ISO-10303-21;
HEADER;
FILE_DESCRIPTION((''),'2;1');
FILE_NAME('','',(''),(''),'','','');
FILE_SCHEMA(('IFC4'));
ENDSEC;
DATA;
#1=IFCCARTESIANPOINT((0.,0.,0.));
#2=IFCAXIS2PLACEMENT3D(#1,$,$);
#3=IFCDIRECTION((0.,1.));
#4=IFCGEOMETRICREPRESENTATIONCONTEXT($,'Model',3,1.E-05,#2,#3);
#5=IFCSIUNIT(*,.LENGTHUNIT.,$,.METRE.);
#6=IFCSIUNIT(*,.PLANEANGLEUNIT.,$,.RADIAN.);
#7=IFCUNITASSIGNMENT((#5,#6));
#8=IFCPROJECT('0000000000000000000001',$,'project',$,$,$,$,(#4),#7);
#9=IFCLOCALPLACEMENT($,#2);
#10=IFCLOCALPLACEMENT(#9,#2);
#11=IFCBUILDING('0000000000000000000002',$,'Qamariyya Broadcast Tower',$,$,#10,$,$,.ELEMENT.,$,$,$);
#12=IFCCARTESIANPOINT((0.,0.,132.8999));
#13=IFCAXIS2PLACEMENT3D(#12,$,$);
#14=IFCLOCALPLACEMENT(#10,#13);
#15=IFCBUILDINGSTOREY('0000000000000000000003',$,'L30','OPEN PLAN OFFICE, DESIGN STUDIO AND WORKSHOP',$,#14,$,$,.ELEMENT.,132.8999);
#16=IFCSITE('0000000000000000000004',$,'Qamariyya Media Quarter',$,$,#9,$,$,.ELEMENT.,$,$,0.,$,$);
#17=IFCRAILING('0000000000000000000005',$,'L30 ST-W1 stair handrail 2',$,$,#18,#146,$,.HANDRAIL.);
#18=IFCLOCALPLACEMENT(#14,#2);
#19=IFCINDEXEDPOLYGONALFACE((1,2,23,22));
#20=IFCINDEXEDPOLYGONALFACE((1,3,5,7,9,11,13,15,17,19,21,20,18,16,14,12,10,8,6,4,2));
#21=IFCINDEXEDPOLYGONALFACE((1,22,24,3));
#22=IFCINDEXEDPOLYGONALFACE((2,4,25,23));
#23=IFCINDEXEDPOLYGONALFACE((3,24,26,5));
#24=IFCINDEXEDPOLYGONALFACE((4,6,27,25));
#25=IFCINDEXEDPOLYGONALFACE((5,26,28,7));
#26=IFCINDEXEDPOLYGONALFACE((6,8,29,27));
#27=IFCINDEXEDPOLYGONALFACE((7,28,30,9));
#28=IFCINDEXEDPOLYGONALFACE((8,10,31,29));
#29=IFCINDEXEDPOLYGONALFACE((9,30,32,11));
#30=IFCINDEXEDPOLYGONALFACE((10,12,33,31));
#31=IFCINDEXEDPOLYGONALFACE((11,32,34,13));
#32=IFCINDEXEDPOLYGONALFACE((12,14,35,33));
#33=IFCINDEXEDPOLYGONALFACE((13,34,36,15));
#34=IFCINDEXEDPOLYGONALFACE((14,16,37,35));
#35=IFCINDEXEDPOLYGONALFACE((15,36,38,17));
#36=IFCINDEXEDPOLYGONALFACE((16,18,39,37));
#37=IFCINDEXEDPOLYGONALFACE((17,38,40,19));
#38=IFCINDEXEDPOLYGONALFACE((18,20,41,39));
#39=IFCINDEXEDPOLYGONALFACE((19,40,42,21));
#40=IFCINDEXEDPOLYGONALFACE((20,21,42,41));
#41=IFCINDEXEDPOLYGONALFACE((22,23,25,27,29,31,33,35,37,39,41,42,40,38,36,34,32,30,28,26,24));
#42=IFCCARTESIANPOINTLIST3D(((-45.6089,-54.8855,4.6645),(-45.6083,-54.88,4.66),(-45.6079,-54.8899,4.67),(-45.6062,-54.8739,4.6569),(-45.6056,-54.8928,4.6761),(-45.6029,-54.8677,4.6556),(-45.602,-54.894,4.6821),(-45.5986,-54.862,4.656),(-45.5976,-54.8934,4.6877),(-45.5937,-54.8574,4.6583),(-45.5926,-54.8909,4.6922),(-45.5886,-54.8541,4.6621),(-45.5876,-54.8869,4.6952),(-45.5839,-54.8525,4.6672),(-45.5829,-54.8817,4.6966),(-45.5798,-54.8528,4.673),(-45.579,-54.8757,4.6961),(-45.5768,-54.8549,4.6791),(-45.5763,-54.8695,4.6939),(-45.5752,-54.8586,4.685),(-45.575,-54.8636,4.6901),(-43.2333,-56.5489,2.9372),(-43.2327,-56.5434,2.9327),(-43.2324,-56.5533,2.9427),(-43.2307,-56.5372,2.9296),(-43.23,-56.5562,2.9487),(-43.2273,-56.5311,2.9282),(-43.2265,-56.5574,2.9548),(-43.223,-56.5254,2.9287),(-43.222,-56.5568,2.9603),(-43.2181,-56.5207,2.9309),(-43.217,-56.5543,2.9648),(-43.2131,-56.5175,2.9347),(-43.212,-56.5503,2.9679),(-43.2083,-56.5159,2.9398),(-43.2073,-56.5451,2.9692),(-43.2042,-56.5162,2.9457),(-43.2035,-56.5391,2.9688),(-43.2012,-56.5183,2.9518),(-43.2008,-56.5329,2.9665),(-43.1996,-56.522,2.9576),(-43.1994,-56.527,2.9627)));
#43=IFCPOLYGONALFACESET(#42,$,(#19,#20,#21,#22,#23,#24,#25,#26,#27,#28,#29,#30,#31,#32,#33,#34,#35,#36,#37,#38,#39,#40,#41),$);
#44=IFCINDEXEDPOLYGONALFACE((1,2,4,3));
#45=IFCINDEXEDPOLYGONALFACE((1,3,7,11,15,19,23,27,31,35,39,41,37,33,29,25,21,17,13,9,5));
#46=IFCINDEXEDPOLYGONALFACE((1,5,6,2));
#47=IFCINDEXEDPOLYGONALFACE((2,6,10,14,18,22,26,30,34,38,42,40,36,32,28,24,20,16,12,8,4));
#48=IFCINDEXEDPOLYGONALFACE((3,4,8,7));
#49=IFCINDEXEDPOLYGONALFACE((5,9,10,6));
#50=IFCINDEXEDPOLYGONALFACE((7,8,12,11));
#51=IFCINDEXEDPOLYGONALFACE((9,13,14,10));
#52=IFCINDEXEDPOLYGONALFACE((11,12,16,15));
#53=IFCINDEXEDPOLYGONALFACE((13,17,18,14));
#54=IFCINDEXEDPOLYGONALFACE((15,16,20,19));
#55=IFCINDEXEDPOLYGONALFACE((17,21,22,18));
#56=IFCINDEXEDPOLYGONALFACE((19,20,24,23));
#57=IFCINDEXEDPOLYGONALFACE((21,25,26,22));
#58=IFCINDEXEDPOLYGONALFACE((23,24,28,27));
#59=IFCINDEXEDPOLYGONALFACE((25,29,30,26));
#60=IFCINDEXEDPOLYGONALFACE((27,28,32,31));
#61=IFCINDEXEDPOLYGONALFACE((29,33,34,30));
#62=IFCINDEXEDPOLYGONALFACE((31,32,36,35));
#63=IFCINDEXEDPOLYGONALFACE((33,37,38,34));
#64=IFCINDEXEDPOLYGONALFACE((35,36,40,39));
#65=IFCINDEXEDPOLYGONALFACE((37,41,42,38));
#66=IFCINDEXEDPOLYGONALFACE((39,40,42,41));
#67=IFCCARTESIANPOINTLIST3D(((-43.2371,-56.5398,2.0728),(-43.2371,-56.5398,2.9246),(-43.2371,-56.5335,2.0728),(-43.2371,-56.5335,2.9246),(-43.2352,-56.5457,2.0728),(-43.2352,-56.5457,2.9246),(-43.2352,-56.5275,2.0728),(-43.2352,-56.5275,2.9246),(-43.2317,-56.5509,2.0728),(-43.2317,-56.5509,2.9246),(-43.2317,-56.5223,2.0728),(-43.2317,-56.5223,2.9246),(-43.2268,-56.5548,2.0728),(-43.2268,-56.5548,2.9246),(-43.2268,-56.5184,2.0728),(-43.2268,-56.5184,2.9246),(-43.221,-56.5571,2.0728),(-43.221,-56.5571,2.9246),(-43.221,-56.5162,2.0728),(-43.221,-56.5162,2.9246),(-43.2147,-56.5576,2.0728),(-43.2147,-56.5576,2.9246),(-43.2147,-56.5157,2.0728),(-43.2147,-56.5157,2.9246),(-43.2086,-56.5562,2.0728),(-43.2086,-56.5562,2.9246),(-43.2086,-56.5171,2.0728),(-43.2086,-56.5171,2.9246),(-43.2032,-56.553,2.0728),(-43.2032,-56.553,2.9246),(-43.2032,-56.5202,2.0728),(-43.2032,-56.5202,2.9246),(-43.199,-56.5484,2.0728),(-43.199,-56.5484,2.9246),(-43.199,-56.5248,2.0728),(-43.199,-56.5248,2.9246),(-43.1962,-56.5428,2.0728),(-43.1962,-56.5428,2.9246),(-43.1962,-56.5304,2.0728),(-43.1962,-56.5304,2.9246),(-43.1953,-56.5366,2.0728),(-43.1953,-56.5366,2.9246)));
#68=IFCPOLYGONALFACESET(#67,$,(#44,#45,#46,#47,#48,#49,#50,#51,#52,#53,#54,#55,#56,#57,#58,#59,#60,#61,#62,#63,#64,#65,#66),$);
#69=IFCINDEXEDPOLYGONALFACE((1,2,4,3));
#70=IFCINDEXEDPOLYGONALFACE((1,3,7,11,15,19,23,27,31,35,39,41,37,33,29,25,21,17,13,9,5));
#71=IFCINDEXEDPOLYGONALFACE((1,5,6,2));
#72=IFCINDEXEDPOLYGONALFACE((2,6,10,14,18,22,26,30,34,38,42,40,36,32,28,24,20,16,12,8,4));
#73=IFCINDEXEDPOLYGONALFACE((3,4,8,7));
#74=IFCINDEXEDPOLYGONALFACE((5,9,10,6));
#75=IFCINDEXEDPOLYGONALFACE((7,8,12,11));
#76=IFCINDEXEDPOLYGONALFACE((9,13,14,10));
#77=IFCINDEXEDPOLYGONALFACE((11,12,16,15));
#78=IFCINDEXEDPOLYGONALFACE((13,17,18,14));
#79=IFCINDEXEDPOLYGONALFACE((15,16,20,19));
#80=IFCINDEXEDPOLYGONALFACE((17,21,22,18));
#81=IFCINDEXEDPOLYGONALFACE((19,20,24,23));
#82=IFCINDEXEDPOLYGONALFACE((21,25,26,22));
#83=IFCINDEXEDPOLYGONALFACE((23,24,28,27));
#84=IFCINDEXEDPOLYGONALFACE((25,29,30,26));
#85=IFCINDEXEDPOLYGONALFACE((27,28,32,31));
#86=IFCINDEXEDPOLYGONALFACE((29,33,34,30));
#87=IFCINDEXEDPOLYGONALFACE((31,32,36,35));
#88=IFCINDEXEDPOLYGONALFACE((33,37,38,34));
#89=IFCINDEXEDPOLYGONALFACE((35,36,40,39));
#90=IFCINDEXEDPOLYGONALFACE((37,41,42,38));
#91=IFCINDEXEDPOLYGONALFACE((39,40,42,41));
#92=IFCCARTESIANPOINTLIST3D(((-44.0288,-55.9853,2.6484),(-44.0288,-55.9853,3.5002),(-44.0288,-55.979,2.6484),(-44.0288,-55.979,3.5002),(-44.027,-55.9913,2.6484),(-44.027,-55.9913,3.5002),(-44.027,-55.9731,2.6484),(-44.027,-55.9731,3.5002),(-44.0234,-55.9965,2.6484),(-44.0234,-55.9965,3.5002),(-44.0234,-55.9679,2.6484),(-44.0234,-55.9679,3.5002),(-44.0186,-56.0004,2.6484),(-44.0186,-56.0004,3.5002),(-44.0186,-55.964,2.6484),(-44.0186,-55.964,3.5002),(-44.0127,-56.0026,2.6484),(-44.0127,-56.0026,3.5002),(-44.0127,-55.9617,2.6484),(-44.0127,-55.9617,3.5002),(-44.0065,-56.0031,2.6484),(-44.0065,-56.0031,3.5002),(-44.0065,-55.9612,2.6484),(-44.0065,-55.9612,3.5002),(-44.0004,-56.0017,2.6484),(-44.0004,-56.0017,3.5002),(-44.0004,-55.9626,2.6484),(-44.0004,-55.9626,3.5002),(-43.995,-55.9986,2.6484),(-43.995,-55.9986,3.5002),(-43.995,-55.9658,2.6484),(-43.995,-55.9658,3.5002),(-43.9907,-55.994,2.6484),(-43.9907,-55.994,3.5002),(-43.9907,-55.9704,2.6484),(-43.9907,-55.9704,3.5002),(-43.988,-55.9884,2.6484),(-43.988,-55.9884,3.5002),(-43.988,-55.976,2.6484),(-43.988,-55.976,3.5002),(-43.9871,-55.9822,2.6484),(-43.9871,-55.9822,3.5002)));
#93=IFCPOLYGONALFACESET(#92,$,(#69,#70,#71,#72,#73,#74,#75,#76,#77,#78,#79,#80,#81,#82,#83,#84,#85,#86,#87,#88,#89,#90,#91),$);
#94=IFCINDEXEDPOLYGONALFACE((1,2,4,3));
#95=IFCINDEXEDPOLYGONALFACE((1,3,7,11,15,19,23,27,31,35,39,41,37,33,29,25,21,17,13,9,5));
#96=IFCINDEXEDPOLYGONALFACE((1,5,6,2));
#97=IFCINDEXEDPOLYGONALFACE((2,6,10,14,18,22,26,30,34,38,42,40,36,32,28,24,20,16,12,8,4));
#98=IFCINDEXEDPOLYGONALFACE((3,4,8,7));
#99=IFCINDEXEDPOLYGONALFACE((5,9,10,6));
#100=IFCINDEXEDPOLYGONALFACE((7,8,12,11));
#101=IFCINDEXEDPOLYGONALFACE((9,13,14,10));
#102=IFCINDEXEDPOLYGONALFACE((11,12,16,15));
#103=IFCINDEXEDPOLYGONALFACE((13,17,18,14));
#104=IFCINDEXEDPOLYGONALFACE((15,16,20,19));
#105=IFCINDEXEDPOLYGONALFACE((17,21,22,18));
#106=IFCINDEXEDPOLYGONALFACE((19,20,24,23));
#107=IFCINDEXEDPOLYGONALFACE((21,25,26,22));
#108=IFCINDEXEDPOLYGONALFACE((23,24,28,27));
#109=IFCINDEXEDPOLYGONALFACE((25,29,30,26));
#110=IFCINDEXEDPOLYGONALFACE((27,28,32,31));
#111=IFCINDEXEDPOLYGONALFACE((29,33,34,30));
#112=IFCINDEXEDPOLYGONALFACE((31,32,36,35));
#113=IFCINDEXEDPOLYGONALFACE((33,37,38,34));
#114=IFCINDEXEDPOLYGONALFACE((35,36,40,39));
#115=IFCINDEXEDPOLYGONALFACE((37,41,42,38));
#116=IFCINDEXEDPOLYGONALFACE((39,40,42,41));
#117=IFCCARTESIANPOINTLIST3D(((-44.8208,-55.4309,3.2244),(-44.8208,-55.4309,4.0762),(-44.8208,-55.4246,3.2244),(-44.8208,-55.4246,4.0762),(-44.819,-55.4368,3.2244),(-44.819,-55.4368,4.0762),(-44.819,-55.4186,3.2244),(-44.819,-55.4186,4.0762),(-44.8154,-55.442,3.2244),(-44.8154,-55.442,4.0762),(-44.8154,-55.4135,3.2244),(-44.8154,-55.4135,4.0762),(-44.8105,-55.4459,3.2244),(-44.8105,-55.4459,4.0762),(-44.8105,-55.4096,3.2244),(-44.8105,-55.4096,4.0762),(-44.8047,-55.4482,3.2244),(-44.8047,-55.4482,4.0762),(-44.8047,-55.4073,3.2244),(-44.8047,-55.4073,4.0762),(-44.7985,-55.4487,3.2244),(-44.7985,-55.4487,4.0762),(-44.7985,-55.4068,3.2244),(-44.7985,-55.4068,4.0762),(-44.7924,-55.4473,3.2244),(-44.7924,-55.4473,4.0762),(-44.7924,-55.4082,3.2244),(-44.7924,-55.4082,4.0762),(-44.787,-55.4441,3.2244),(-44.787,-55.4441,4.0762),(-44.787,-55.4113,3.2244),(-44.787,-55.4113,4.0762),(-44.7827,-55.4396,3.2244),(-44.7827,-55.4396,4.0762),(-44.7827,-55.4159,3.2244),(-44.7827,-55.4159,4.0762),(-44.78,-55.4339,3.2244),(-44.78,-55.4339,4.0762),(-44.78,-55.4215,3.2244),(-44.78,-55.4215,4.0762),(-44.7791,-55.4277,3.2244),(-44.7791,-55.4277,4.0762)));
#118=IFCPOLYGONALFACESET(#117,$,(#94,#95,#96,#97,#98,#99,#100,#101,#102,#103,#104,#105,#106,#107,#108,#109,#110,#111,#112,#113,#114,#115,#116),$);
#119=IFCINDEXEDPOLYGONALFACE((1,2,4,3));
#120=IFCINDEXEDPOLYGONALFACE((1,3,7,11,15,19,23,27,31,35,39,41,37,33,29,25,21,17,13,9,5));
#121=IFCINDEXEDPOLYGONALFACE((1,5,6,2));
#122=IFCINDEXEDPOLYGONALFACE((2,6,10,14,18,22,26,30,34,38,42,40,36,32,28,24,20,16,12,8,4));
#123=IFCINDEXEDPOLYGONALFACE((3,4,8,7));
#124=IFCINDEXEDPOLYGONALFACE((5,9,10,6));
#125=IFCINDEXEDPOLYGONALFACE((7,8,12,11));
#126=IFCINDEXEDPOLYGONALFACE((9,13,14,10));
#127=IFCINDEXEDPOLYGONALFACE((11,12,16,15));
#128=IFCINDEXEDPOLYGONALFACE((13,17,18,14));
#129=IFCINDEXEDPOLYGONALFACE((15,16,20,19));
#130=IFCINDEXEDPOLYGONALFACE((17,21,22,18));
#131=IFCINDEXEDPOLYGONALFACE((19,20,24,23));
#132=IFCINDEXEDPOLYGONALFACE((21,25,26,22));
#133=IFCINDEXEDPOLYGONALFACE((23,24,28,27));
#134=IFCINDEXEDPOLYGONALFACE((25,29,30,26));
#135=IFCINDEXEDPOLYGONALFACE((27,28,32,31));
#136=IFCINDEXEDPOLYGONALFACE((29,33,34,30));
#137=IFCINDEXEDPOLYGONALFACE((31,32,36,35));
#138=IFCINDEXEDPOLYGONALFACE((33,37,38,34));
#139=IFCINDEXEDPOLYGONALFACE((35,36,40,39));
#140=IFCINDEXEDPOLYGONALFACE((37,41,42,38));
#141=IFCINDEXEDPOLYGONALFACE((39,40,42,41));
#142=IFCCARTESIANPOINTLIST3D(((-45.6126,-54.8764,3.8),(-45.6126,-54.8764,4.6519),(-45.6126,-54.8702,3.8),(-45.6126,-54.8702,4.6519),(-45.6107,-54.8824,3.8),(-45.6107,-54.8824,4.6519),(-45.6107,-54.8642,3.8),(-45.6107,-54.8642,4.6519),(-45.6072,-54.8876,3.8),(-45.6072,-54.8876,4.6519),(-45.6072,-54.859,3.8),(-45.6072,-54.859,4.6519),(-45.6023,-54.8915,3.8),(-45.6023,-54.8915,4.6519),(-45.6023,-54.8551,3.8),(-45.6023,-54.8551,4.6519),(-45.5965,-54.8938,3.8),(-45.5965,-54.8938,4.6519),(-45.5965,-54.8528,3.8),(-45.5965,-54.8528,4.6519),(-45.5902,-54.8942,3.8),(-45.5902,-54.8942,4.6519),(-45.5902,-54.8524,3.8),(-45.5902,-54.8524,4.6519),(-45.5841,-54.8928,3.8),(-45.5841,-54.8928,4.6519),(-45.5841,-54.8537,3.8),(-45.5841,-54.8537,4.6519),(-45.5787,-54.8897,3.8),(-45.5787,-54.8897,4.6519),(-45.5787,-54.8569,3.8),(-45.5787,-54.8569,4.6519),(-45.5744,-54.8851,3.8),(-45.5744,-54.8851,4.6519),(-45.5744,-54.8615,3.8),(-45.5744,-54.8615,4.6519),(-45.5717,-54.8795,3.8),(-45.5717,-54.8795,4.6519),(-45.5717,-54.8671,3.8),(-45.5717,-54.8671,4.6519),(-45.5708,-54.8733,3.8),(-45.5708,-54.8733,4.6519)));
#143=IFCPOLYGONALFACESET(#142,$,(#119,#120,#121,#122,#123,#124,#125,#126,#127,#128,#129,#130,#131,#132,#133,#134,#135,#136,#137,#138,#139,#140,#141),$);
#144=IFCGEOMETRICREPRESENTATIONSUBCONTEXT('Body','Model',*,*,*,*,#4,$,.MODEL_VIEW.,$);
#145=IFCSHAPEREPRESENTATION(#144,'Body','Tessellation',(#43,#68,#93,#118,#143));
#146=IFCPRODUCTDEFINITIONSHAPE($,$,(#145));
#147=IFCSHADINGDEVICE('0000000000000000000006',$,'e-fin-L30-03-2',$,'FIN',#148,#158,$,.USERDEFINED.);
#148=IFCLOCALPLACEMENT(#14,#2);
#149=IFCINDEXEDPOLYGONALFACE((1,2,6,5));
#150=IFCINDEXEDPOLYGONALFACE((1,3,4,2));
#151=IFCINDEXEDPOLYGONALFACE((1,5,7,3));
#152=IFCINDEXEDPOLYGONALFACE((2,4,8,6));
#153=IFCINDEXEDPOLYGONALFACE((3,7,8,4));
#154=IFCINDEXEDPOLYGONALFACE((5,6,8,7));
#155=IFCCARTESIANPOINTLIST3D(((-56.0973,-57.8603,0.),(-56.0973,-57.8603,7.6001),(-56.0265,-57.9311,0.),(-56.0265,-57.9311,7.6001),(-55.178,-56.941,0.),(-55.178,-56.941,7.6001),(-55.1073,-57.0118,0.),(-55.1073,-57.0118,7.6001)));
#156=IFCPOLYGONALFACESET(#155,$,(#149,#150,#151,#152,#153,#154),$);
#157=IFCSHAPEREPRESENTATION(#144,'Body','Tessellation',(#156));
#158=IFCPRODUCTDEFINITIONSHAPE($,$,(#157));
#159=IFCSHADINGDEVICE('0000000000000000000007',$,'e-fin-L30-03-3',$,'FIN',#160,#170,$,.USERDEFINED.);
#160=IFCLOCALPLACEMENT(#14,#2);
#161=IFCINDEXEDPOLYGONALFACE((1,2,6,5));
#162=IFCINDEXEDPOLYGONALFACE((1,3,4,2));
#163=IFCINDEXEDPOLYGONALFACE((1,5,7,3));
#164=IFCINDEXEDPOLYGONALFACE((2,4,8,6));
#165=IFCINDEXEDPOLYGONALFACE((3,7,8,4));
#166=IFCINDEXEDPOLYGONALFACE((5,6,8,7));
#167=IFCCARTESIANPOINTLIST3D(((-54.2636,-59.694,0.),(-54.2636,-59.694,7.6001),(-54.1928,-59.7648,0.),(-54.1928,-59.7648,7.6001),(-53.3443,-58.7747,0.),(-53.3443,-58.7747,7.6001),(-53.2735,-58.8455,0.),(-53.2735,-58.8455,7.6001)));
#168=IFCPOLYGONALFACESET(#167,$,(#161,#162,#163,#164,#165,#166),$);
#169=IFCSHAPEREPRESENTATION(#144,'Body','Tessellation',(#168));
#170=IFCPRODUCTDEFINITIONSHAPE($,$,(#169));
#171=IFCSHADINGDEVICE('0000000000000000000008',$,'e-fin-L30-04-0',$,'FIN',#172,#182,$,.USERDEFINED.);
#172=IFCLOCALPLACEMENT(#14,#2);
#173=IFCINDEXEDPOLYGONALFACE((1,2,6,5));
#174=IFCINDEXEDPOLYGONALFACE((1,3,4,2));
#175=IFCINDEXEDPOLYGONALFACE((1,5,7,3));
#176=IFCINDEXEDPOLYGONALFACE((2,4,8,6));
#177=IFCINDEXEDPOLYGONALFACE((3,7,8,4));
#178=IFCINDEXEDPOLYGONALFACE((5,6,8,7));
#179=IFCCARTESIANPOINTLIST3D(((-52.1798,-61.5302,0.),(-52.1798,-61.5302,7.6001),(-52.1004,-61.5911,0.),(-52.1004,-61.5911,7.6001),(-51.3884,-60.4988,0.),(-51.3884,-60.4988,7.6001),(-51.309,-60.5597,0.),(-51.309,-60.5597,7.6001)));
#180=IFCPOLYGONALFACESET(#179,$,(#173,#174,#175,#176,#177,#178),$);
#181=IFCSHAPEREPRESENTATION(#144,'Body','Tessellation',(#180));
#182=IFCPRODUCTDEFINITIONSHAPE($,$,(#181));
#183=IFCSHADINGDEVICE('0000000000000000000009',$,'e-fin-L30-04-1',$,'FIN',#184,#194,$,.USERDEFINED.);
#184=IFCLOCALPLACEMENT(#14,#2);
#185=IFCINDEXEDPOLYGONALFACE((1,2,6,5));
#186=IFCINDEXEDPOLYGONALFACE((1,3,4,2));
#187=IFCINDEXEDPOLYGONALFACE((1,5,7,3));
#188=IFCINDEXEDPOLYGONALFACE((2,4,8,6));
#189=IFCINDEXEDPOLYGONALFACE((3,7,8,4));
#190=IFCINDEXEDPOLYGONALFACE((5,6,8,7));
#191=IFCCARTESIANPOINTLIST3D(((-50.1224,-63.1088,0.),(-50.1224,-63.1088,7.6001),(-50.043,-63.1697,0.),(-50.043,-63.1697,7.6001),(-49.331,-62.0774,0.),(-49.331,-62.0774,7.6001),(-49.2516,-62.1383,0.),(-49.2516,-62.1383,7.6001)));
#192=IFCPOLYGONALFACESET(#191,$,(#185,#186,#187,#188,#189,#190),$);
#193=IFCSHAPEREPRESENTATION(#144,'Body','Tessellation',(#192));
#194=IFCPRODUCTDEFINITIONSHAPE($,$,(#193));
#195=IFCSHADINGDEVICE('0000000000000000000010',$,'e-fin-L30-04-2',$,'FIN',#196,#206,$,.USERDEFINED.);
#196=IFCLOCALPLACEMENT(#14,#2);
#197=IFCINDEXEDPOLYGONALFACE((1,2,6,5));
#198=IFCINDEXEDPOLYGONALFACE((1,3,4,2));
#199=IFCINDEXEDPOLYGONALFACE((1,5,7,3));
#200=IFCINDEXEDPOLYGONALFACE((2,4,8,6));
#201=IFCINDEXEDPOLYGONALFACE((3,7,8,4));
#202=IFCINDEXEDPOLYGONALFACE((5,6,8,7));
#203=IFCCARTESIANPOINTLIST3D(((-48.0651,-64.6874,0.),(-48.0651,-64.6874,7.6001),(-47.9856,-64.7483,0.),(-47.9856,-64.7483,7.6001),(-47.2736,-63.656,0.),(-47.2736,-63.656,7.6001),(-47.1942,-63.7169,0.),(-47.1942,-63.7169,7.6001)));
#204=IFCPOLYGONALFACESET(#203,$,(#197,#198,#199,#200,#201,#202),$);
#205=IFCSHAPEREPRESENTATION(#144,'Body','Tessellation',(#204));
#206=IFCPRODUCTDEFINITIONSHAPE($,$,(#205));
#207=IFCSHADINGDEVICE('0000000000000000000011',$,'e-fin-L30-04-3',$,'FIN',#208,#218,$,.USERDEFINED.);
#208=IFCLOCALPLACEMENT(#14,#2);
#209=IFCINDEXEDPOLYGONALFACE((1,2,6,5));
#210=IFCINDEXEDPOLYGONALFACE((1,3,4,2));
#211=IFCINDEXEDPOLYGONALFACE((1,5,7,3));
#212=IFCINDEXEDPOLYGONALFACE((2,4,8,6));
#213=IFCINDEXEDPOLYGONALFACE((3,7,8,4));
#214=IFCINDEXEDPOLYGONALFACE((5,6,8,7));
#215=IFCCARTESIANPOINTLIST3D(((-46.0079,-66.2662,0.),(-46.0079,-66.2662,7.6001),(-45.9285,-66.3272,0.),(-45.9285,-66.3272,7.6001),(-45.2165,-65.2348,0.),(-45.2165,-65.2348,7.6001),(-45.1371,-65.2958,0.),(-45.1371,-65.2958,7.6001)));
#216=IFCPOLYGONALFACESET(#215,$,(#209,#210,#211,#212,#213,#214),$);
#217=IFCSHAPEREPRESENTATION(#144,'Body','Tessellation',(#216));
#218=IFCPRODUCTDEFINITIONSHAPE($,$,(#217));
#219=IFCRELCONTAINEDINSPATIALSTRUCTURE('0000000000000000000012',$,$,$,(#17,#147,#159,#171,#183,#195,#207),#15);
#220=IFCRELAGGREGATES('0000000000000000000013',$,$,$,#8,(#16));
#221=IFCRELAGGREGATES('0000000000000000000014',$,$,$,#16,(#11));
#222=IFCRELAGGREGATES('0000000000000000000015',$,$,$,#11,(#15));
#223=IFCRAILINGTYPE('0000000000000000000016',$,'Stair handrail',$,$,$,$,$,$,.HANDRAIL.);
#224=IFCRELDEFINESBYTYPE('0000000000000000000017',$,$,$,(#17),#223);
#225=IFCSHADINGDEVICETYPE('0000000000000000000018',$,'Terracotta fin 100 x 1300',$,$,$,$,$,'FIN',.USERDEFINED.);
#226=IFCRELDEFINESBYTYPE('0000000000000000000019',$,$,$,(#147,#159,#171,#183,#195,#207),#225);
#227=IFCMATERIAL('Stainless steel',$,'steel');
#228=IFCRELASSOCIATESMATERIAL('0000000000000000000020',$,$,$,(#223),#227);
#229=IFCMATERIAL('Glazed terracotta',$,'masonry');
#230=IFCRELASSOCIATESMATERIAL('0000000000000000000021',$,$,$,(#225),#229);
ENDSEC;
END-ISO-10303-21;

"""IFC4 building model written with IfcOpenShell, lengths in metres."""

from ifc_helpers import new_model, si_unit, direction, frame, origin, origin_2d, place, context, subcontext, project, spatial, rectangle, circle, extrude, material, material_profile, profile_set, type_object, element, save


model = new_model("IFC4")

# Units and contexts
model_context = context("Model", 3, precision=1e-05, world=origin(), true_north=direction((0.0, 1.0)))
body_context = subcontext(model_context, "Body", "Model", "MODEL_VIEW")
ifc_project = project(units=[si_unit("LENGTHUNIT", "METRE"), si_unit("PLANEANGLEUNIT", "RADIAN")], contexts=[model_context])

# Site, building, storey
site_placement = place(None, origin())
site = spatial("IfcSite", under=ifc_project, at=site_placement, Name="Qamariyya Media Quarter", CompositionType="ELEMENT", RefElevation=0.0)
building_placement = place(site_placement, origin())
building = spatial("IfcBuilding", under=site, at=building_placement, Name="Qamariyya Broadcast Tower", CompositionType="ELEMENT")
storey_placement = place(building_placement, frame((0.0, 0.0, 132.8999)))
storey = spatial("IfcBuildingStorey", under=building, at=storey_placement, Name="L30", Description="OPEN PLAN OFFICE, DESIGN STUDIO AND WORKSHOP", CompositionType="ELEMENT", Elevation=132.8999)

# Railing
ifc_material_1 = material(Name="Stainless steel", Category="steel")
railing_type_1 = type_object("IfcRailingType", Name="Stair handrail", PredefinedType="HANDRAIL", material=ifc_material_1)
railing_1_placement = place(storey_placement, frame((-43.2163, -56.5366, 2.0728)))
element("IfcRailing", 1, at=railing_1_placement, inside=storey, type_object=railing_type_1, Name="L30 ST-W1 stair handrail 2", PredefinedType="HANDRAIL", context=body_context, shape_type="SweptSolid", body=[
    extrude(circle(Radius=0.0239, at=origin_2d()), frame((0.0, 0.0, 0.876), z_axis=(-0.70377, 0.492784, 0.511734), x_axis=(-0.573575, -0.819153, 0.0)), (0.0, 0.0, 1.0), 3.3755),
    extrude(circle(Radius=0.021, at=origin_2d()), origin(), (0.0, 0.0, 1.0), 0.8518),
    extrude(circle(Radius=0.021, at=origin_2d()), frame((-0.7917, 0.5544, 0.5757)), (0.0, 0.0, 1.0), 0.8518),
    extrude(circle(Radius=0.021, at=origin_2d()), frame((-1.5837, 1.1089, 1.1516)), (0.0, 0.0, 1.0), 0.8518),
    extrude(circle(Radius=0.021, at=origin_2d()), frame((-2.3755, 1.6633, 1.7273)), (0.0, 0.0, 1.0), 0.8518),
])

# Shading devices
ifc_material_2 = material(Name="Glazed terracotta", Category="masonry")
ifc_material_profile_1 = material_profile(ifc_material_2, rectangle(XDim=1.3, YDim=0.1001, at=origin_2d()))
ifc_profile_set_1 = profile_set([ifc_material_profile_1], Name="Glazed terracotta")
shading_device_type_1 = type_object("IfcShadingDeviceType", Name="Terracotta fin 100 x 1300", ElementType="FIN", PredefinedType="USERDEFINED", material=ifc_profile_set_1)
for number, where, z_axis, x_axis, name in (
    (2, (-55.6023, -57.436, 0.0), (0.0, 0.0, 1.0), (-0.707107, -0.707107, 0.0), "e-fin-L30-03-2"),
    (3, (-53.7686, -59.2698, 0.0), (0.0, 0.0, 1.0), (-0.707107, -0.707107, 0.0), "e-fin-L30-03-3"),
    (4, (-51.7444, -61.0449, 0.0), (0.0, 0.0, 1.0), (-0.608761, -0.793353, 0.0), "e-fin-L30-04-0"),
    (5, (-49.687, -62.6235, 0.0), (0.0, 0.0, 1.0), (-0.608761, -0.793353, 0.0), "e-fin-L30-04-1"),
    (6, (-47.6296, -64.2021, 0.0), (0.0, 0.0, 1.0), (-0.608761, -0.793353, 0.0), "e-fin-L30-04-2"),
    (7, (-45.5725, -65.781, 0.0), (0.0, 0.0, 1.0), (-0.608761, -0.793353, 0.0), "e-fin-L30-04-3"),
):
    element("IfcShadingDevice", number, at=place(storey_placement, frame(where, z_axis=z_axis, x_axis=x_axis)), inside=storey, type_object=shading_device_type_1, Name=name, ObjectType="FIN", PredefinedType="USERDEFINED", context=body_context, shape_type="SweptSolid", body=[
        extrude(rectangle(XDim=1.3, YDim=0.1001, at=origin_2d()), origin(), (0.0, 0.0, 1.0), 7.6001),
    ])

save(model, "model.ifc")
